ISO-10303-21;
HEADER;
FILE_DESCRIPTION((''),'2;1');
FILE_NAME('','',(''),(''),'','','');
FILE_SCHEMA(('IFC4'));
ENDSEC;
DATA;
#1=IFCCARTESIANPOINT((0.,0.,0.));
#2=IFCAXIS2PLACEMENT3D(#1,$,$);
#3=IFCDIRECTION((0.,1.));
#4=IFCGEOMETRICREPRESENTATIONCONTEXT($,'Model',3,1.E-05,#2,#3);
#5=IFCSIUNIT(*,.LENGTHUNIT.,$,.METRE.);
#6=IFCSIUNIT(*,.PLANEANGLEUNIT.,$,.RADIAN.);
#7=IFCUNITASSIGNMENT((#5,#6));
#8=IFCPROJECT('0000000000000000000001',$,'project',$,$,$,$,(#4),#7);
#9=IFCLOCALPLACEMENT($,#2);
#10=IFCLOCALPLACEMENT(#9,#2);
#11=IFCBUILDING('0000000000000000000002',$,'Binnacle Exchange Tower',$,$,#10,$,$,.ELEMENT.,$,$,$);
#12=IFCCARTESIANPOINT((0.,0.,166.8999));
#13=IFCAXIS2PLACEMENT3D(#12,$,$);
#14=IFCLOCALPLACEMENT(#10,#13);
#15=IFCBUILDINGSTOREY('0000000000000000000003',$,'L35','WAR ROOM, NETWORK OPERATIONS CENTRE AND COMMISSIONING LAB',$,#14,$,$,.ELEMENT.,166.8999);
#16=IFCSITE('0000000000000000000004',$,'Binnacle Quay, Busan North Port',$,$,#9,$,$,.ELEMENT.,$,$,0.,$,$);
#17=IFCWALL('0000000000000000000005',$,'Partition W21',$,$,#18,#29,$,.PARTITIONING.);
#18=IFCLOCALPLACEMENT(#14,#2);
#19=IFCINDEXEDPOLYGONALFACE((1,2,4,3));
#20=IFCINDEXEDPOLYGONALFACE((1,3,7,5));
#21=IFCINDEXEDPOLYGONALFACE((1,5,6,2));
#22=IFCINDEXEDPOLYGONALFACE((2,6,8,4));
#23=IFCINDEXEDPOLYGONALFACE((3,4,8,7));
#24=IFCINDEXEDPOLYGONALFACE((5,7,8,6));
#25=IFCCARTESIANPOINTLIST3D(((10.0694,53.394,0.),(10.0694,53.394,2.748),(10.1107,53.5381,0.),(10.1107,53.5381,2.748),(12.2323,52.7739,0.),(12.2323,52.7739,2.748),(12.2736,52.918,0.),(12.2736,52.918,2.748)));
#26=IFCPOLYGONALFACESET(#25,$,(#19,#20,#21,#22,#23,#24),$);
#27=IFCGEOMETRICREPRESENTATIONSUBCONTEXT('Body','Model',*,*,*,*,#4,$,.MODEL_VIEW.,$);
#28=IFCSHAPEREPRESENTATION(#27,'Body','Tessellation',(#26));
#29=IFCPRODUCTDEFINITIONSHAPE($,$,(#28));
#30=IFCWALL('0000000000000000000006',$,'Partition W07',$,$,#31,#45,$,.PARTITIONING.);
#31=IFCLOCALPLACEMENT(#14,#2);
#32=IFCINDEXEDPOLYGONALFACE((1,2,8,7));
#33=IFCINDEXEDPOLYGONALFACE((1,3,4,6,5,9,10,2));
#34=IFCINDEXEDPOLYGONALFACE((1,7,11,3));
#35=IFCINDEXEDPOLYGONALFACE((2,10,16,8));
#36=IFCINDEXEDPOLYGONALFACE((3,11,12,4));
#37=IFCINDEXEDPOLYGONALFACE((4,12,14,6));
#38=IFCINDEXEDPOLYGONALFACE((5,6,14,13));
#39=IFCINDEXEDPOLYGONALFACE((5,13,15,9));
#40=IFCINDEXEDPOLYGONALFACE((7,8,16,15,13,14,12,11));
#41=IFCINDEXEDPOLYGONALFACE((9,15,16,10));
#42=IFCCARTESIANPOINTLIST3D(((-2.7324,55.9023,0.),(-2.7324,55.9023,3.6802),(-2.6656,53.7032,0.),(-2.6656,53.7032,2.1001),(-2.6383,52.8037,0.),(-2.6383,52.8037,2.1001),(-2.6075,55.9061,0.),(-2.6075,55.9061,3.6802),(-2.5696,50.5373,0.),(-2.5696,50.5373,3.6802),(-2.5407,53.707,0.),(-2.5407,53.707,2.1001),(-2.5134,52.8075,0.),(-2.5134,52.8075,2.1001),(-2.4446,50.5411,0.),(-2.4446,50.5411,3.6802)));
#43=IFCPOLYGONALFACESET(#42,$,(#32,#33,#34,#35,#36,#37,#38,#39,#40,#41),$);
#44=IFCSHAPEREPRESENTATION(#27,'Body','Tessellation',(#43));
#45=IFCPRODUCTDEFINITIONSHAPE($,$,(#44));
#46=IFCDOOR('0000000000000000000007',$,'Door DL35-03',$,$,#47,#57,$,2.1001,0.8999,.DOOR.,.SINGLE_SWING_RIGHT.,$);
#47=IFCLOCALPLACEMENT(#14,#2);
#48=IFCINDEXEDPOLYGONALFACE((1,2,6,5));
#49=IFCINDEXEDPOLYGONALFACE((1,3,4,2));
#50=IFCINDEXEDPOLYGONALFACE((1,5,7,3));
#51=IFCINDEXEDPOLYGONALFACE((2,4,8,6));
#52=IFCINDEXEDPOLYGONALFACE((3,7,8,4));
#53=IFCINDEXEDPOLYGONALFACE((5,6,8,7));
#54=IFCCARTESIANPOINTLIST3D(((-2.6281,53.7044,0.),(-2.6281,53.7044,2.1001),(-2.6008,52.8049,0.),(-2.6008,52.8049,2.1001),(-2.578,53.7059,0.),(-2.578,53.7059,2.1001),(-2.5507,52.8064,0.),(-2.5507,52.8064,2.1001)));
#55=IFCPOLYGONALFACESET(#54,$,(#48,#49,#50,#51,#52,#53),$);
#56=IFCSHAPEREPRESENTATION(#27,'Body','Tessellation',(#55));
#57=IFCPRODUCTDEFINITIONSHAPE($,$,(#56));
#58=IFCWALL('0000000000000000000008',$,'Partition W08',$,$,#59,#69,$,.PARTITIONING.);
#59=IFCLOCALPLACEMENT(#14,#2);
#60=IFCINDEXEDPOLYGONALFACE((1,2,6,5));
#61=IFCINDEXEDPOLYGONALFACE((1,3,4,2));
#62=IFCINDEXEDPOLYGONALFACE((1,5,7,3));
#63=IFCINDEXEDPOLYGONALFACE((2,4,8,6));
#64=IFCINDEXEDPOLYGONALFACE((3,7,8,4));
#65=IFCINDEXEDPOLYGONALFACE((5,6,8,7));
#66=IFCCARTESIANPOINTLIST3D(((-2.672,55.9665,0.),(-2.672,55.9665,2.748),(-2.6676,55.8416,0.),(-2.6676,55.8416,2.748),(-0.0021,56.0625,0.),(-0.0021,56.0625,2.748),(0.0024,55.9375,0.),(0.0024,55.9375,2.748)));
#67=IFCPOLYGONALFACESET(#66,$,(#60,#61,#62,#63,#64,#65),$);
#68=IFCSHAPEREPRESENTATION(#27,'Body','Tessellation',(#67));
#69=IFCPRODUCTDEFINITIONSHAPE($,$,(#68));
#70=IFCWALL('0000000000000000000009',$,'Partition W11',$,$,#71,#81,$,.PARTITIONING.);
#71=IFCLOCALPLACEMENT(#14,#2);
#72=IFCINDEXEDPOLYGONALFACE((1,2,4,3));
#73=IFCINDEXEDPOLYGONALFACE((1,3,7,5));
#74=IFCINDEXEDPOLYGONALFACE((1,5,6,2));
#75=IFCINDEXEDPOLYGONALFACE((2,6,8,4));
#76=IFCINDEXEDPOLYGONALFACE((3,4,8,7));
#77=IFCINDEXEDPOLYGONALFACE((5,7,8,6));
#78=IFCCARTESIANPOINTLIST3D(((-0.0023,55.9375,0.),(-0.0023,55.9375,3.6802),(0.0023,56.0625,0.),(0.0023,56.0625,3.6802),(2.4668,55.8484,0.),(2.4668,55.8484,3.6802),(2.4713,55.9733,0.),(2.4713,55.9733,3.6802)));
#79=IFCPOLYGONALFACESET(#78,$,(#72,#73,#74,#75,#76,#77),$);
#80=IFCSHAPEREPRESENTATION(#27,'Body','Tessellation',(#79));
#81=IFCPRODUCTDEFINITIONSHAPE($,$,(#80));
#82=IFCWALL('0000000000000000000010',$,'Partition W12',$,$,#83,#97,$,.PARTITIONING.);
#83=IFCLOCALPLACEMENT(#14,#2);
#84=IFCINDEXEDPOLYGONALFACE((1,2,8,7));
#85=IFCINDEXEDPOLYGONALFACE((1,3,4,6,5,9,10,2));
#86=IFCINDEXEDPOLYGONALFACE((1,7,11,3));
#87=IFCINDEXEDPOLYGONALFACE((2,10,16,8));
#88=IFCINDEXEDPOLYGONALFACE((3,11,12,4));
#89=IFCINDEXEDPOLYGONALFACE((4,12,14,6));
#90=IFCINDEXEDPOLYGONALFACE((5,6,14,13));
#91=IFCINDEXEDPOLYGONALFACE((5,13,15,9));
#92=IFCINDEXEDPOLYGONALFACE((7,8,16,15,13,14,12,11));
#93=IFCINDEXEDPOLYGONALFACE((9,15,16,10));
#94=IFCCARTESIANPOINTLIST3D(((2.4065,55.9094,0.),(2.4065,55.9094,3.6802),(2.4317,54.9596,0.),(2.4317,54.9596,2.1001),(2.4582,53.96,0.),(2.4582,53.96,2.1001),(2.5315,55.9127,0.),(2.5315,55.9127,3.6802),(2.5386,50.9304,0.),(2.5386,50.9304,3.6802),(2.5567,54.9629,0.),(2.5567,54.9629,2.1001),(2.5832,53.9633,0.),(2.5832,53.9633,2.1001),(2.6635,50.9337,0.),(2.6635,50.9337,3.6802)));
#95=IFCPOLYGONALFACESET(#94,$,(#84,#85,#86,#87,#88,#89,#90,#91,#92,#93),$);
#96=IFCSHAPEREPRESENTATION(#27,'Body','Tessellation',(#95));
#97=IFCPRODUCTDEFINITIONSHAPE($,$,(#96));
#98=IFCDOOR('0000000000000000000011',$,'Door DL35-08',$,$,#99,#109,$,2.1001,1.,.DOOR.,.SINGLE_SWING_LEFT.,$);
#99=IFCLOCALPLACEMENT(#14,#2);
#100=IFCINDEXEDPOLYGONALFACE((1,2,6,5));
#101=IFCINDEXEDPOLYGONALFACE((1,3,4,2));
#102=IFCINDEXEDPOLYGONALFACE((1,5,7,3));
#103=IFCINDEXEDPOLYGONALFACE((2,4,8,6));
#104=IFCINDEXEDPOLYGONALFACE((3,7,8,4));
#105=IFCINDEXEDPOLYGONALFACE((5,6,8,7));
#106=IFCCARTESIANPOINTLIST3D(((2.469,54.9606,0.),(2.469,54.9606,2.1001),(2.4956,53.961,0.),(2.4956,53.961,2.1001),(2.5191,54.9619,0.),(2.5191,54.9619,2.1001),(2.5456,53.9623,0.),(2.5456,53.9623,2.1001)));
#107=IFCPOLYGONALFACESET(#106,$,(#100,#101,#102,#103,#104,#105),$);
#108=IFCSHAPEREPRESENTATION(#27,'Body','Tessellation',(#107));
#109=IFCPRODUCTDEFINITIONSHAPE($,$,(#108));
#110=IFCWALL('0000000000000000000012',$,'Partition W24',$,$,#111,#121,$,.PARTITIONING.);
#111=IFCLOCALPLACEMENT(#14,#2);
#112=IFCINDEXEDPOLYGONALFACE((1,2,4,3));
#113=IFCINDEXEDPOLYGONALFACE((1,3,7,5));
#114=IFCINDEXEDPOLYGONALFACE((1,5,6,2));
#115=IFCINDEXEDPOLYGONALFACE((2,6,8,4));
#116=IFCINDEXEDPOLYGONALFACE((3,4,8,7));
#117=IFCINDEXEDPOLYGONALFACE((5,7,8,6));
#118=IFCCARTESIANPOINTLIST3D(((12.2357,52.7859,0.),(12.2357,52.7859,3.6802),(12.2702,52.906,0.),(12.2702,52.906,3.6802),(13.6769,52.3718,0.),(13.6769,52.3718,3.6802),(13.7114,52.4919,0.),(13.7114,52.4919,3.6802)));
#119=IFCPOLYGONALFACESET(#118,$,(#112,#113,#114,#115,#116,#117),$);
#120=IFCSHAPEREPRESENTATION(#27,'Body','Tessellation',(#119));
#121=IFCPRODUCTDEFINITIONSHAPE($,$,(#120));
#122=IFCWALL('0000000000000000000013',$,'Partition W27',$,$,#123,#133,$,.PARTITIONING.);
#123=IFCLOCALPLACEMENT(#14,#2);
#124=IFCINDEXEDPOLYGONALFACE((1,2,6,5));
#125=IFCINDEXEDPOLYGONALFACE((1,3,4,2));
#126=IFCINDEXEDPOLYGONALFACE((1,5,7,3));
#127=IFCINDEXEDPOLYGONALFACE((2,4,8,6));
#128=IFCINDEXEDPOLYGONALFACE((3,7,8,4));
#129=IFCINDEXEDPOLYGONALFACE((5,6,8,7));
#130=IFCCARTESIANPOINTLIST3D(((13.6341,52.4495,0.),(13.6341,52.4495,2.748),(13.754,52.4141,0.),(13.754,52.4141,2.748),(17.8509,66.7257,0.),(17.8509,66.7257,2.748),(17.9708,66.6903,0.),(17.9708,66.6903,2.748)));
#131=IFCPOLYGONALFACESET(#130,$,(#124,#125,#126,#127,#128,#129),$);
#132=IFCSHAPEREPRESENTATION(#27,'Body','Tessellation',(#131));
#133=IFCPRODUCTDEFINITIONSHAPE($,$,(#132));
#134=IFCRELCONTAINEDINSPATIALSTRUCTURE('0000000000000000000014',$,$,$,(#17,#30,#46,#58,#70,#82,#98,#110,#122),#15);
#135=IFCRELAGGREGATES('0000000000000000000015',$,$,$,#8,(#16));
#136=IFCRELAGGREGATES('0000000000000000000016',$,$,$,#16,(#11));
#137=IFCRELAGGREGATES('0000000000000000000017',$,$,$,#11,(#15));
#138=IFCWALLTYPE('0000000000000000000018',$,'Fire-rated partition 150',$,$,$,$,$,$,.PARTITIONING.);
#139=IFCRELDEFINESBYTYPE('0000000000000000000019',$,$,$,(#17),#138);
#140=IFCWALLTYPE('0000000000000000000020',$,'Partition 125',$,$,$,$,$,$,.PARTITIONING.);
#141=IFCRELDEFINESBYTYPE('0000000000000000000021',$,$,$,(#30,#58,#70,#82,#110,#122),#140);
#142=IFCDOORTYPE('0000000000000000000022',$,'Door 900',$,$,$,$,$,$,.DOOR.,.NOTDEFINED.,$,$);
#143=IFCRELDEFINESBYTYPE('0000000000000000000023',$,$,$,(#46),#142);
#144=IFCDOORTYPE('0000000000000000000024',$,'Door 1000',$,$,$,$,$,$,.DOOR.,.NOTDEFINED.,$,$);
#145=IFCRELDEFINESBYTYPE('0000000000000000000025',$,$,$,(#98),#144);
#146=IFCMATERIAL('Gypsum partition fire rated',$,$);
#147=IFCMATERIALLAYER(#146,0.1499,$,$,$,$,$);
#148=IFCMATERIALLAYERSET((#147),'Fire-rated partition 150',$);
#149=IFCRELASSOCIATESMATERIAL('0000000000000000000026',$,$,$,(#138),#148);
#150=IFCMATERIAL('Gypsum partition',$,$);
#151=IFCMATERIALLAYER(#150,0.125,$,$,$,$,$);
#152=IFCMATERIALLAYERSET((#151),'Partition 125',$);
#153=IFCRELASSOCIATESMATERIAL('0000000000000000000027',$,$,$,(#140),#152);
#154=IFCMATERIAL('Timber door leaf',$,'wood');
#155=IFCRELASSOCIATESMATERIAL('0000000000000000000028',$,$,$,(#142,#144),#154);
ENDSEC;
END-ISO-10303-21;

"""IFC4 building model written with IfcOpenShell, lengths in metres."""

from ifc_helpers import new_model, si_unit, direction, frame, frame_2d, origin, place, context, subcontext, project, spatial, rectangle, extrude, material, layer, layer_set, type_object, element, fill, save


model = new_model("IFC4")

# Units and contexts
model_context = context("Model", 3, precision=1e-05, world=origin(), true_north=direction((0.0, 1.0)))
body_context = subcontext(model_context, "Body", "Model", "MODEL_VIEW")
ifc_project = project(units=[si_unit("LENGTHUNIT", "METRE"), si_unit("PLANEANGLEUNIT", "RADIAN")], contexts=[model_context])

# Site, building, storey
site_placement = place(None, origin())
site = spatial("IfcSite", under=ifc_project, at=site_placement, Name="Binnacle Quay, Busan North Port", CompositionType="ELEMENT", RefElevation=0.0)
building_placement = place(site_placement, origin())
building = spatial("IfcBuilding", under=site, at=building_placement, Name="Binnacle Exchange Tower", CompositionType="ELEMENT")
storey_placement = place(building_placement, frame((0.0, 0.0, 166.8999)))
storey = spatial("IfcBuildingStorey", under=building, at=storey_placement, Name="L35", Description="WAR ROOM, NETWORK OPERATIONS CENTRE AND COMMISSIONING LAB", CompositionType="ELEMENT", Elevation=166.8999)

# Shared definitions
ifc_material_1 = material(Name="Gypsum partition fire rated")
ifc_layer_1 = layer(ifc_material_1, 0.1499)
ifc_layer_set_1 = layer_set([ifc_layer_1], Name="Fire-rated partition 150")
wall_type_1 = type_object("IfcWallType", Name="Fire-rated partition 150", PredefinedType="PARTITIONING", material=ifc_layer_set_1)

# Wall
wall_1_placement = place(storey_placement, frame((10.0901, 53.4661, 0.0), z_axis=(0.0, 0.0, 1.0), x_axis=(0.96127, -0.27561, 0.0)))
element("IfcWall", 1, at=wall_1_placement, inside=storey, type_object=wall_type_1, Name="Partition W21", PredefinedType="PARTITIONING", context=body_context, shape_type="SweptSolid", body=[
    extrude(rectangle(XDim=2.25, YDim=0.1499, at=frame_2d((1.125, 0.0))), origin(), (0.0, 0.0, 1.0), 2.748),
])

# Wall, opening, door
ifc_material_2 = material(Name="Gypsum partition")
ifc_layer_2 = layer(ifc_material_2, 0.125)
ifc_layer_set_2 = layer_set([ifc_layer_2], Name="Partition 125")
wall_type_2 = type_object("IfcWallType", Name="Partition 125", PredefinedType="PARTITIONING", material=ifc_layer_set_2)
wall_2_placement = place(storey_placement, frame((-2.6699, 55.9041, 0.0), z_axis=(0.0, 0.0, 1.0), x_axis=(0.030339, -0.99954, 0.0)))
wall_2 = element("IfcWall", 2, at=wall_2_placement, inside=storey, type_object=wall_type_2, Name="Partition W07", PredefinedType="PARTITIONING", context=body_context, shape_type="SweptSolid", body=[
    extrude(rectangle(XDim=5.3674, YDim=0.125, at=frame_2d((2.6836, 0.0))), origin(), (0.0, 0.0, 1.0), 3.6802),
])
opening_1_placement = place(wall_2_placement, frame((2.2, 0.0, 0.0)))
opening_1 = element("IfcOpeningElement", 3, at=opening_1_placement, cuts=wall_2, PredefinedType="OPENING", context=body_context, shape_type="SweptSolid", body=[
    extrude(rectangle(XDim=0.8999, YDim=2.1001, at=frame_2d((0.45, 1.05))), frame((0.0, 0.0725, 0.0), z_axis=(0.0, -1.0, 0.0), x_axis=(1.0, 0.0, 0.0)), (0.0, 0.0, 1.0), 0.145),
])
ifc_material_3 = material(Name="Timber door leaf", Category="wood")
door_type_1 = type_object("IfcDoorType", Name="Door 900", OperationType="NOTDEFINED", PredefinedType="DOOR", material=ifc_material_3)
door_1_placement = place(opening_1_placement, frame((0.8999, 0.0, 0.0), z_axis=(0.0, 0.0, 1.0), x_axis=(-1.0, 0.0, 0.0)))
door_1 = element("IfcDoor", 4, at=door_1_placement, inside=storey, type_object=door_type_1, Name="Door DL35-03", OperationType="SINGLE_SWING_RIGHT", OverallHeight=2.1001, OverallWidth=0.8999, PredefinedType="DOOR", context=body_context, shape_type="SweptSolid", body=[
    extrude(rectangle(XDim=0.8999, YDim=2.1001, at=frame_2d((0.45, 1.05))), frame((0.0, 0.0249, 0.0), z_axis=(0.0, -1.0, 0.0), x_axis=(1.0, 0.0, 0.0)), (0.0, 0.0, 1.0), 0.05),
])
fill(opening_1, door_1)

# Walls
wall_3_placement = place(storey_placement, frame((-2.6699, 55.9041, 0.0), z_axis=(0.0, 0.0, 1.0), x_axis=(0.999355, 0.035913, 0.0)))
element("IfcWall", 5, at=wall_3_placement, inside=storey, type_object=wall_type_2, Name="Partition W08", PredefinedType="PARTITIONING", context=body_context, shape_type="SweptSolid", body=[
    extrude(rectangle(XDim=2.6716, YDim=0.125, at=frame_2d((1.3359, 0.0))), origin(), (0.0, 0.0, 1.0), 2.748),
])
wall_4_placement = place(storey_placement, frame((0.0, 56.0, 0.0), z_axis=(0.0, 0.0, 1.0), x_axis=(0.999349, -0.036069, 0.0)))
element("IfcWall", 6, at=wall_4_placement, inside=storey, type_object=wall_type_2, Name="Partition W11", PredefinedType="PARTITIONING", context=body_context, shape_type="SweptSolid", body=[
    extrude(rectangle(XDim=2.4707, YDim=0.125, at=frame_2d((1.2354, 0.0))), origin(), (0.0, 0.0, 1.0), 3.6802),
])

# Wall, opening, door
wall_5_placement = place(storey_placement, frame((2.469, 55.9109, 0.0), z_axis=(0.0, 0.0, 1.0), x_axis=(0.026518, -0.999648, 0.0)))
wall_5 = element("IfcWall", 7, at=wall_5_placement, inside=storey, type_object=wall_type_2, Name="Partition W12", PredefinedType="PARTITIONING", context=body_context, shape_type="SweptSolid", body=[
    extrude(rectangle(XDim=4.9807, YDim=0.125, at=frame_2d((2.4902, 0.0))), origin(), (0.0, 0.0, 1.0), 3.6802),
])
opening_2_placement = place(wall_5_placement, frame((0.95, 0.0, 0.0)))
opening_2 = element("IfcOpeningElement", 8, at=opening_2_placement, cuts=wall_5, PredefinedType="OPENING", context=body_context, shape_type="SweptSolid", body=[
    extrude(rectangle(XDim=1.0, YDim=2.1001, at=frame_2d((0.5, 1.05))), frame((0.0, 0.0725, 0.0), z_axis=(0.0, -1.0, 0.0), x_axis=(1.0, 0.0, 0.0)), (0.0, 0.0, 1.0), 0.145),
])
door_type_2 = type_object("IfcDoorType", Name="Door 1000", OperationType="NOTDEFINED", PredefinedType="DOOR", material=ifc_material_3)
door_2_placement = place(opening_2_placement, origin())
door_2 = element("IfcDoor", 9, at=door_2_placement, inside=storey, type_object=door_type_2, Name="Door DL35-08", OperationType="SINGLE_SWING_LEFT", OverallHeight=2.1001, OverallWidth=1.0, PredefinedType="DOOR", context=body_context, shape_type="SweptSolid", body=[
    extrude(rectangle(XDim=1.0, YDim=2.1001, at=frame_2d((0.5, 1.05))), frame((0.0, 0.0249, 0.0), z_axis=(0.0, -1.0, 0.0), x_axis=(1.0, 0.0, 0.0)), (0.0, 0.0, 1.0), 0.05),
])
fill(opening_2, door_2)

# Walls
wall_6_placement = place(storey_placement, frame((12.2529, 52.8459, 0.0), z_axis=(0.0, 0.0, 1.0), x_axis=(0.961117, -0.27614, 0.0)))
element("IfcWall", 10, at=wall_6_placement, inside=storey, type_object=wall_type_2, Name="Partition W24", PredefinedType="PARTITIONING", context=body_context, shape_type="SweptSolid", body=[
    extrude(rectangle(XDim=1.4995, YDim=0.125, at=frame_2d((0.7498, 0.0))), origin(), (0.0, 0.0, 1.0), 3.6802),
])
wall_7_placement = place(storey_placement, frame((13.6941, 52.4319, 0.0), z_axis=(0.0, 0.0, 1.0), x_axis=(0.283275, 0.959039, 0.0)))
element("IfcWall", 11, at=wall_7_placement, inside=storey, type_object=wall_type_2, Name="Partition W27", PredefinedType="PARTITIONING", context=body_context, shape_type="SweptSolid", body=[
    extrude(rectangle(XDim=14.886, YDim=0.125, at=frame_2d((7.4429, 0.0))), origin(), (0.0, 0.0, 1.0), 2.748),
])

save(model, "model.ifc")
